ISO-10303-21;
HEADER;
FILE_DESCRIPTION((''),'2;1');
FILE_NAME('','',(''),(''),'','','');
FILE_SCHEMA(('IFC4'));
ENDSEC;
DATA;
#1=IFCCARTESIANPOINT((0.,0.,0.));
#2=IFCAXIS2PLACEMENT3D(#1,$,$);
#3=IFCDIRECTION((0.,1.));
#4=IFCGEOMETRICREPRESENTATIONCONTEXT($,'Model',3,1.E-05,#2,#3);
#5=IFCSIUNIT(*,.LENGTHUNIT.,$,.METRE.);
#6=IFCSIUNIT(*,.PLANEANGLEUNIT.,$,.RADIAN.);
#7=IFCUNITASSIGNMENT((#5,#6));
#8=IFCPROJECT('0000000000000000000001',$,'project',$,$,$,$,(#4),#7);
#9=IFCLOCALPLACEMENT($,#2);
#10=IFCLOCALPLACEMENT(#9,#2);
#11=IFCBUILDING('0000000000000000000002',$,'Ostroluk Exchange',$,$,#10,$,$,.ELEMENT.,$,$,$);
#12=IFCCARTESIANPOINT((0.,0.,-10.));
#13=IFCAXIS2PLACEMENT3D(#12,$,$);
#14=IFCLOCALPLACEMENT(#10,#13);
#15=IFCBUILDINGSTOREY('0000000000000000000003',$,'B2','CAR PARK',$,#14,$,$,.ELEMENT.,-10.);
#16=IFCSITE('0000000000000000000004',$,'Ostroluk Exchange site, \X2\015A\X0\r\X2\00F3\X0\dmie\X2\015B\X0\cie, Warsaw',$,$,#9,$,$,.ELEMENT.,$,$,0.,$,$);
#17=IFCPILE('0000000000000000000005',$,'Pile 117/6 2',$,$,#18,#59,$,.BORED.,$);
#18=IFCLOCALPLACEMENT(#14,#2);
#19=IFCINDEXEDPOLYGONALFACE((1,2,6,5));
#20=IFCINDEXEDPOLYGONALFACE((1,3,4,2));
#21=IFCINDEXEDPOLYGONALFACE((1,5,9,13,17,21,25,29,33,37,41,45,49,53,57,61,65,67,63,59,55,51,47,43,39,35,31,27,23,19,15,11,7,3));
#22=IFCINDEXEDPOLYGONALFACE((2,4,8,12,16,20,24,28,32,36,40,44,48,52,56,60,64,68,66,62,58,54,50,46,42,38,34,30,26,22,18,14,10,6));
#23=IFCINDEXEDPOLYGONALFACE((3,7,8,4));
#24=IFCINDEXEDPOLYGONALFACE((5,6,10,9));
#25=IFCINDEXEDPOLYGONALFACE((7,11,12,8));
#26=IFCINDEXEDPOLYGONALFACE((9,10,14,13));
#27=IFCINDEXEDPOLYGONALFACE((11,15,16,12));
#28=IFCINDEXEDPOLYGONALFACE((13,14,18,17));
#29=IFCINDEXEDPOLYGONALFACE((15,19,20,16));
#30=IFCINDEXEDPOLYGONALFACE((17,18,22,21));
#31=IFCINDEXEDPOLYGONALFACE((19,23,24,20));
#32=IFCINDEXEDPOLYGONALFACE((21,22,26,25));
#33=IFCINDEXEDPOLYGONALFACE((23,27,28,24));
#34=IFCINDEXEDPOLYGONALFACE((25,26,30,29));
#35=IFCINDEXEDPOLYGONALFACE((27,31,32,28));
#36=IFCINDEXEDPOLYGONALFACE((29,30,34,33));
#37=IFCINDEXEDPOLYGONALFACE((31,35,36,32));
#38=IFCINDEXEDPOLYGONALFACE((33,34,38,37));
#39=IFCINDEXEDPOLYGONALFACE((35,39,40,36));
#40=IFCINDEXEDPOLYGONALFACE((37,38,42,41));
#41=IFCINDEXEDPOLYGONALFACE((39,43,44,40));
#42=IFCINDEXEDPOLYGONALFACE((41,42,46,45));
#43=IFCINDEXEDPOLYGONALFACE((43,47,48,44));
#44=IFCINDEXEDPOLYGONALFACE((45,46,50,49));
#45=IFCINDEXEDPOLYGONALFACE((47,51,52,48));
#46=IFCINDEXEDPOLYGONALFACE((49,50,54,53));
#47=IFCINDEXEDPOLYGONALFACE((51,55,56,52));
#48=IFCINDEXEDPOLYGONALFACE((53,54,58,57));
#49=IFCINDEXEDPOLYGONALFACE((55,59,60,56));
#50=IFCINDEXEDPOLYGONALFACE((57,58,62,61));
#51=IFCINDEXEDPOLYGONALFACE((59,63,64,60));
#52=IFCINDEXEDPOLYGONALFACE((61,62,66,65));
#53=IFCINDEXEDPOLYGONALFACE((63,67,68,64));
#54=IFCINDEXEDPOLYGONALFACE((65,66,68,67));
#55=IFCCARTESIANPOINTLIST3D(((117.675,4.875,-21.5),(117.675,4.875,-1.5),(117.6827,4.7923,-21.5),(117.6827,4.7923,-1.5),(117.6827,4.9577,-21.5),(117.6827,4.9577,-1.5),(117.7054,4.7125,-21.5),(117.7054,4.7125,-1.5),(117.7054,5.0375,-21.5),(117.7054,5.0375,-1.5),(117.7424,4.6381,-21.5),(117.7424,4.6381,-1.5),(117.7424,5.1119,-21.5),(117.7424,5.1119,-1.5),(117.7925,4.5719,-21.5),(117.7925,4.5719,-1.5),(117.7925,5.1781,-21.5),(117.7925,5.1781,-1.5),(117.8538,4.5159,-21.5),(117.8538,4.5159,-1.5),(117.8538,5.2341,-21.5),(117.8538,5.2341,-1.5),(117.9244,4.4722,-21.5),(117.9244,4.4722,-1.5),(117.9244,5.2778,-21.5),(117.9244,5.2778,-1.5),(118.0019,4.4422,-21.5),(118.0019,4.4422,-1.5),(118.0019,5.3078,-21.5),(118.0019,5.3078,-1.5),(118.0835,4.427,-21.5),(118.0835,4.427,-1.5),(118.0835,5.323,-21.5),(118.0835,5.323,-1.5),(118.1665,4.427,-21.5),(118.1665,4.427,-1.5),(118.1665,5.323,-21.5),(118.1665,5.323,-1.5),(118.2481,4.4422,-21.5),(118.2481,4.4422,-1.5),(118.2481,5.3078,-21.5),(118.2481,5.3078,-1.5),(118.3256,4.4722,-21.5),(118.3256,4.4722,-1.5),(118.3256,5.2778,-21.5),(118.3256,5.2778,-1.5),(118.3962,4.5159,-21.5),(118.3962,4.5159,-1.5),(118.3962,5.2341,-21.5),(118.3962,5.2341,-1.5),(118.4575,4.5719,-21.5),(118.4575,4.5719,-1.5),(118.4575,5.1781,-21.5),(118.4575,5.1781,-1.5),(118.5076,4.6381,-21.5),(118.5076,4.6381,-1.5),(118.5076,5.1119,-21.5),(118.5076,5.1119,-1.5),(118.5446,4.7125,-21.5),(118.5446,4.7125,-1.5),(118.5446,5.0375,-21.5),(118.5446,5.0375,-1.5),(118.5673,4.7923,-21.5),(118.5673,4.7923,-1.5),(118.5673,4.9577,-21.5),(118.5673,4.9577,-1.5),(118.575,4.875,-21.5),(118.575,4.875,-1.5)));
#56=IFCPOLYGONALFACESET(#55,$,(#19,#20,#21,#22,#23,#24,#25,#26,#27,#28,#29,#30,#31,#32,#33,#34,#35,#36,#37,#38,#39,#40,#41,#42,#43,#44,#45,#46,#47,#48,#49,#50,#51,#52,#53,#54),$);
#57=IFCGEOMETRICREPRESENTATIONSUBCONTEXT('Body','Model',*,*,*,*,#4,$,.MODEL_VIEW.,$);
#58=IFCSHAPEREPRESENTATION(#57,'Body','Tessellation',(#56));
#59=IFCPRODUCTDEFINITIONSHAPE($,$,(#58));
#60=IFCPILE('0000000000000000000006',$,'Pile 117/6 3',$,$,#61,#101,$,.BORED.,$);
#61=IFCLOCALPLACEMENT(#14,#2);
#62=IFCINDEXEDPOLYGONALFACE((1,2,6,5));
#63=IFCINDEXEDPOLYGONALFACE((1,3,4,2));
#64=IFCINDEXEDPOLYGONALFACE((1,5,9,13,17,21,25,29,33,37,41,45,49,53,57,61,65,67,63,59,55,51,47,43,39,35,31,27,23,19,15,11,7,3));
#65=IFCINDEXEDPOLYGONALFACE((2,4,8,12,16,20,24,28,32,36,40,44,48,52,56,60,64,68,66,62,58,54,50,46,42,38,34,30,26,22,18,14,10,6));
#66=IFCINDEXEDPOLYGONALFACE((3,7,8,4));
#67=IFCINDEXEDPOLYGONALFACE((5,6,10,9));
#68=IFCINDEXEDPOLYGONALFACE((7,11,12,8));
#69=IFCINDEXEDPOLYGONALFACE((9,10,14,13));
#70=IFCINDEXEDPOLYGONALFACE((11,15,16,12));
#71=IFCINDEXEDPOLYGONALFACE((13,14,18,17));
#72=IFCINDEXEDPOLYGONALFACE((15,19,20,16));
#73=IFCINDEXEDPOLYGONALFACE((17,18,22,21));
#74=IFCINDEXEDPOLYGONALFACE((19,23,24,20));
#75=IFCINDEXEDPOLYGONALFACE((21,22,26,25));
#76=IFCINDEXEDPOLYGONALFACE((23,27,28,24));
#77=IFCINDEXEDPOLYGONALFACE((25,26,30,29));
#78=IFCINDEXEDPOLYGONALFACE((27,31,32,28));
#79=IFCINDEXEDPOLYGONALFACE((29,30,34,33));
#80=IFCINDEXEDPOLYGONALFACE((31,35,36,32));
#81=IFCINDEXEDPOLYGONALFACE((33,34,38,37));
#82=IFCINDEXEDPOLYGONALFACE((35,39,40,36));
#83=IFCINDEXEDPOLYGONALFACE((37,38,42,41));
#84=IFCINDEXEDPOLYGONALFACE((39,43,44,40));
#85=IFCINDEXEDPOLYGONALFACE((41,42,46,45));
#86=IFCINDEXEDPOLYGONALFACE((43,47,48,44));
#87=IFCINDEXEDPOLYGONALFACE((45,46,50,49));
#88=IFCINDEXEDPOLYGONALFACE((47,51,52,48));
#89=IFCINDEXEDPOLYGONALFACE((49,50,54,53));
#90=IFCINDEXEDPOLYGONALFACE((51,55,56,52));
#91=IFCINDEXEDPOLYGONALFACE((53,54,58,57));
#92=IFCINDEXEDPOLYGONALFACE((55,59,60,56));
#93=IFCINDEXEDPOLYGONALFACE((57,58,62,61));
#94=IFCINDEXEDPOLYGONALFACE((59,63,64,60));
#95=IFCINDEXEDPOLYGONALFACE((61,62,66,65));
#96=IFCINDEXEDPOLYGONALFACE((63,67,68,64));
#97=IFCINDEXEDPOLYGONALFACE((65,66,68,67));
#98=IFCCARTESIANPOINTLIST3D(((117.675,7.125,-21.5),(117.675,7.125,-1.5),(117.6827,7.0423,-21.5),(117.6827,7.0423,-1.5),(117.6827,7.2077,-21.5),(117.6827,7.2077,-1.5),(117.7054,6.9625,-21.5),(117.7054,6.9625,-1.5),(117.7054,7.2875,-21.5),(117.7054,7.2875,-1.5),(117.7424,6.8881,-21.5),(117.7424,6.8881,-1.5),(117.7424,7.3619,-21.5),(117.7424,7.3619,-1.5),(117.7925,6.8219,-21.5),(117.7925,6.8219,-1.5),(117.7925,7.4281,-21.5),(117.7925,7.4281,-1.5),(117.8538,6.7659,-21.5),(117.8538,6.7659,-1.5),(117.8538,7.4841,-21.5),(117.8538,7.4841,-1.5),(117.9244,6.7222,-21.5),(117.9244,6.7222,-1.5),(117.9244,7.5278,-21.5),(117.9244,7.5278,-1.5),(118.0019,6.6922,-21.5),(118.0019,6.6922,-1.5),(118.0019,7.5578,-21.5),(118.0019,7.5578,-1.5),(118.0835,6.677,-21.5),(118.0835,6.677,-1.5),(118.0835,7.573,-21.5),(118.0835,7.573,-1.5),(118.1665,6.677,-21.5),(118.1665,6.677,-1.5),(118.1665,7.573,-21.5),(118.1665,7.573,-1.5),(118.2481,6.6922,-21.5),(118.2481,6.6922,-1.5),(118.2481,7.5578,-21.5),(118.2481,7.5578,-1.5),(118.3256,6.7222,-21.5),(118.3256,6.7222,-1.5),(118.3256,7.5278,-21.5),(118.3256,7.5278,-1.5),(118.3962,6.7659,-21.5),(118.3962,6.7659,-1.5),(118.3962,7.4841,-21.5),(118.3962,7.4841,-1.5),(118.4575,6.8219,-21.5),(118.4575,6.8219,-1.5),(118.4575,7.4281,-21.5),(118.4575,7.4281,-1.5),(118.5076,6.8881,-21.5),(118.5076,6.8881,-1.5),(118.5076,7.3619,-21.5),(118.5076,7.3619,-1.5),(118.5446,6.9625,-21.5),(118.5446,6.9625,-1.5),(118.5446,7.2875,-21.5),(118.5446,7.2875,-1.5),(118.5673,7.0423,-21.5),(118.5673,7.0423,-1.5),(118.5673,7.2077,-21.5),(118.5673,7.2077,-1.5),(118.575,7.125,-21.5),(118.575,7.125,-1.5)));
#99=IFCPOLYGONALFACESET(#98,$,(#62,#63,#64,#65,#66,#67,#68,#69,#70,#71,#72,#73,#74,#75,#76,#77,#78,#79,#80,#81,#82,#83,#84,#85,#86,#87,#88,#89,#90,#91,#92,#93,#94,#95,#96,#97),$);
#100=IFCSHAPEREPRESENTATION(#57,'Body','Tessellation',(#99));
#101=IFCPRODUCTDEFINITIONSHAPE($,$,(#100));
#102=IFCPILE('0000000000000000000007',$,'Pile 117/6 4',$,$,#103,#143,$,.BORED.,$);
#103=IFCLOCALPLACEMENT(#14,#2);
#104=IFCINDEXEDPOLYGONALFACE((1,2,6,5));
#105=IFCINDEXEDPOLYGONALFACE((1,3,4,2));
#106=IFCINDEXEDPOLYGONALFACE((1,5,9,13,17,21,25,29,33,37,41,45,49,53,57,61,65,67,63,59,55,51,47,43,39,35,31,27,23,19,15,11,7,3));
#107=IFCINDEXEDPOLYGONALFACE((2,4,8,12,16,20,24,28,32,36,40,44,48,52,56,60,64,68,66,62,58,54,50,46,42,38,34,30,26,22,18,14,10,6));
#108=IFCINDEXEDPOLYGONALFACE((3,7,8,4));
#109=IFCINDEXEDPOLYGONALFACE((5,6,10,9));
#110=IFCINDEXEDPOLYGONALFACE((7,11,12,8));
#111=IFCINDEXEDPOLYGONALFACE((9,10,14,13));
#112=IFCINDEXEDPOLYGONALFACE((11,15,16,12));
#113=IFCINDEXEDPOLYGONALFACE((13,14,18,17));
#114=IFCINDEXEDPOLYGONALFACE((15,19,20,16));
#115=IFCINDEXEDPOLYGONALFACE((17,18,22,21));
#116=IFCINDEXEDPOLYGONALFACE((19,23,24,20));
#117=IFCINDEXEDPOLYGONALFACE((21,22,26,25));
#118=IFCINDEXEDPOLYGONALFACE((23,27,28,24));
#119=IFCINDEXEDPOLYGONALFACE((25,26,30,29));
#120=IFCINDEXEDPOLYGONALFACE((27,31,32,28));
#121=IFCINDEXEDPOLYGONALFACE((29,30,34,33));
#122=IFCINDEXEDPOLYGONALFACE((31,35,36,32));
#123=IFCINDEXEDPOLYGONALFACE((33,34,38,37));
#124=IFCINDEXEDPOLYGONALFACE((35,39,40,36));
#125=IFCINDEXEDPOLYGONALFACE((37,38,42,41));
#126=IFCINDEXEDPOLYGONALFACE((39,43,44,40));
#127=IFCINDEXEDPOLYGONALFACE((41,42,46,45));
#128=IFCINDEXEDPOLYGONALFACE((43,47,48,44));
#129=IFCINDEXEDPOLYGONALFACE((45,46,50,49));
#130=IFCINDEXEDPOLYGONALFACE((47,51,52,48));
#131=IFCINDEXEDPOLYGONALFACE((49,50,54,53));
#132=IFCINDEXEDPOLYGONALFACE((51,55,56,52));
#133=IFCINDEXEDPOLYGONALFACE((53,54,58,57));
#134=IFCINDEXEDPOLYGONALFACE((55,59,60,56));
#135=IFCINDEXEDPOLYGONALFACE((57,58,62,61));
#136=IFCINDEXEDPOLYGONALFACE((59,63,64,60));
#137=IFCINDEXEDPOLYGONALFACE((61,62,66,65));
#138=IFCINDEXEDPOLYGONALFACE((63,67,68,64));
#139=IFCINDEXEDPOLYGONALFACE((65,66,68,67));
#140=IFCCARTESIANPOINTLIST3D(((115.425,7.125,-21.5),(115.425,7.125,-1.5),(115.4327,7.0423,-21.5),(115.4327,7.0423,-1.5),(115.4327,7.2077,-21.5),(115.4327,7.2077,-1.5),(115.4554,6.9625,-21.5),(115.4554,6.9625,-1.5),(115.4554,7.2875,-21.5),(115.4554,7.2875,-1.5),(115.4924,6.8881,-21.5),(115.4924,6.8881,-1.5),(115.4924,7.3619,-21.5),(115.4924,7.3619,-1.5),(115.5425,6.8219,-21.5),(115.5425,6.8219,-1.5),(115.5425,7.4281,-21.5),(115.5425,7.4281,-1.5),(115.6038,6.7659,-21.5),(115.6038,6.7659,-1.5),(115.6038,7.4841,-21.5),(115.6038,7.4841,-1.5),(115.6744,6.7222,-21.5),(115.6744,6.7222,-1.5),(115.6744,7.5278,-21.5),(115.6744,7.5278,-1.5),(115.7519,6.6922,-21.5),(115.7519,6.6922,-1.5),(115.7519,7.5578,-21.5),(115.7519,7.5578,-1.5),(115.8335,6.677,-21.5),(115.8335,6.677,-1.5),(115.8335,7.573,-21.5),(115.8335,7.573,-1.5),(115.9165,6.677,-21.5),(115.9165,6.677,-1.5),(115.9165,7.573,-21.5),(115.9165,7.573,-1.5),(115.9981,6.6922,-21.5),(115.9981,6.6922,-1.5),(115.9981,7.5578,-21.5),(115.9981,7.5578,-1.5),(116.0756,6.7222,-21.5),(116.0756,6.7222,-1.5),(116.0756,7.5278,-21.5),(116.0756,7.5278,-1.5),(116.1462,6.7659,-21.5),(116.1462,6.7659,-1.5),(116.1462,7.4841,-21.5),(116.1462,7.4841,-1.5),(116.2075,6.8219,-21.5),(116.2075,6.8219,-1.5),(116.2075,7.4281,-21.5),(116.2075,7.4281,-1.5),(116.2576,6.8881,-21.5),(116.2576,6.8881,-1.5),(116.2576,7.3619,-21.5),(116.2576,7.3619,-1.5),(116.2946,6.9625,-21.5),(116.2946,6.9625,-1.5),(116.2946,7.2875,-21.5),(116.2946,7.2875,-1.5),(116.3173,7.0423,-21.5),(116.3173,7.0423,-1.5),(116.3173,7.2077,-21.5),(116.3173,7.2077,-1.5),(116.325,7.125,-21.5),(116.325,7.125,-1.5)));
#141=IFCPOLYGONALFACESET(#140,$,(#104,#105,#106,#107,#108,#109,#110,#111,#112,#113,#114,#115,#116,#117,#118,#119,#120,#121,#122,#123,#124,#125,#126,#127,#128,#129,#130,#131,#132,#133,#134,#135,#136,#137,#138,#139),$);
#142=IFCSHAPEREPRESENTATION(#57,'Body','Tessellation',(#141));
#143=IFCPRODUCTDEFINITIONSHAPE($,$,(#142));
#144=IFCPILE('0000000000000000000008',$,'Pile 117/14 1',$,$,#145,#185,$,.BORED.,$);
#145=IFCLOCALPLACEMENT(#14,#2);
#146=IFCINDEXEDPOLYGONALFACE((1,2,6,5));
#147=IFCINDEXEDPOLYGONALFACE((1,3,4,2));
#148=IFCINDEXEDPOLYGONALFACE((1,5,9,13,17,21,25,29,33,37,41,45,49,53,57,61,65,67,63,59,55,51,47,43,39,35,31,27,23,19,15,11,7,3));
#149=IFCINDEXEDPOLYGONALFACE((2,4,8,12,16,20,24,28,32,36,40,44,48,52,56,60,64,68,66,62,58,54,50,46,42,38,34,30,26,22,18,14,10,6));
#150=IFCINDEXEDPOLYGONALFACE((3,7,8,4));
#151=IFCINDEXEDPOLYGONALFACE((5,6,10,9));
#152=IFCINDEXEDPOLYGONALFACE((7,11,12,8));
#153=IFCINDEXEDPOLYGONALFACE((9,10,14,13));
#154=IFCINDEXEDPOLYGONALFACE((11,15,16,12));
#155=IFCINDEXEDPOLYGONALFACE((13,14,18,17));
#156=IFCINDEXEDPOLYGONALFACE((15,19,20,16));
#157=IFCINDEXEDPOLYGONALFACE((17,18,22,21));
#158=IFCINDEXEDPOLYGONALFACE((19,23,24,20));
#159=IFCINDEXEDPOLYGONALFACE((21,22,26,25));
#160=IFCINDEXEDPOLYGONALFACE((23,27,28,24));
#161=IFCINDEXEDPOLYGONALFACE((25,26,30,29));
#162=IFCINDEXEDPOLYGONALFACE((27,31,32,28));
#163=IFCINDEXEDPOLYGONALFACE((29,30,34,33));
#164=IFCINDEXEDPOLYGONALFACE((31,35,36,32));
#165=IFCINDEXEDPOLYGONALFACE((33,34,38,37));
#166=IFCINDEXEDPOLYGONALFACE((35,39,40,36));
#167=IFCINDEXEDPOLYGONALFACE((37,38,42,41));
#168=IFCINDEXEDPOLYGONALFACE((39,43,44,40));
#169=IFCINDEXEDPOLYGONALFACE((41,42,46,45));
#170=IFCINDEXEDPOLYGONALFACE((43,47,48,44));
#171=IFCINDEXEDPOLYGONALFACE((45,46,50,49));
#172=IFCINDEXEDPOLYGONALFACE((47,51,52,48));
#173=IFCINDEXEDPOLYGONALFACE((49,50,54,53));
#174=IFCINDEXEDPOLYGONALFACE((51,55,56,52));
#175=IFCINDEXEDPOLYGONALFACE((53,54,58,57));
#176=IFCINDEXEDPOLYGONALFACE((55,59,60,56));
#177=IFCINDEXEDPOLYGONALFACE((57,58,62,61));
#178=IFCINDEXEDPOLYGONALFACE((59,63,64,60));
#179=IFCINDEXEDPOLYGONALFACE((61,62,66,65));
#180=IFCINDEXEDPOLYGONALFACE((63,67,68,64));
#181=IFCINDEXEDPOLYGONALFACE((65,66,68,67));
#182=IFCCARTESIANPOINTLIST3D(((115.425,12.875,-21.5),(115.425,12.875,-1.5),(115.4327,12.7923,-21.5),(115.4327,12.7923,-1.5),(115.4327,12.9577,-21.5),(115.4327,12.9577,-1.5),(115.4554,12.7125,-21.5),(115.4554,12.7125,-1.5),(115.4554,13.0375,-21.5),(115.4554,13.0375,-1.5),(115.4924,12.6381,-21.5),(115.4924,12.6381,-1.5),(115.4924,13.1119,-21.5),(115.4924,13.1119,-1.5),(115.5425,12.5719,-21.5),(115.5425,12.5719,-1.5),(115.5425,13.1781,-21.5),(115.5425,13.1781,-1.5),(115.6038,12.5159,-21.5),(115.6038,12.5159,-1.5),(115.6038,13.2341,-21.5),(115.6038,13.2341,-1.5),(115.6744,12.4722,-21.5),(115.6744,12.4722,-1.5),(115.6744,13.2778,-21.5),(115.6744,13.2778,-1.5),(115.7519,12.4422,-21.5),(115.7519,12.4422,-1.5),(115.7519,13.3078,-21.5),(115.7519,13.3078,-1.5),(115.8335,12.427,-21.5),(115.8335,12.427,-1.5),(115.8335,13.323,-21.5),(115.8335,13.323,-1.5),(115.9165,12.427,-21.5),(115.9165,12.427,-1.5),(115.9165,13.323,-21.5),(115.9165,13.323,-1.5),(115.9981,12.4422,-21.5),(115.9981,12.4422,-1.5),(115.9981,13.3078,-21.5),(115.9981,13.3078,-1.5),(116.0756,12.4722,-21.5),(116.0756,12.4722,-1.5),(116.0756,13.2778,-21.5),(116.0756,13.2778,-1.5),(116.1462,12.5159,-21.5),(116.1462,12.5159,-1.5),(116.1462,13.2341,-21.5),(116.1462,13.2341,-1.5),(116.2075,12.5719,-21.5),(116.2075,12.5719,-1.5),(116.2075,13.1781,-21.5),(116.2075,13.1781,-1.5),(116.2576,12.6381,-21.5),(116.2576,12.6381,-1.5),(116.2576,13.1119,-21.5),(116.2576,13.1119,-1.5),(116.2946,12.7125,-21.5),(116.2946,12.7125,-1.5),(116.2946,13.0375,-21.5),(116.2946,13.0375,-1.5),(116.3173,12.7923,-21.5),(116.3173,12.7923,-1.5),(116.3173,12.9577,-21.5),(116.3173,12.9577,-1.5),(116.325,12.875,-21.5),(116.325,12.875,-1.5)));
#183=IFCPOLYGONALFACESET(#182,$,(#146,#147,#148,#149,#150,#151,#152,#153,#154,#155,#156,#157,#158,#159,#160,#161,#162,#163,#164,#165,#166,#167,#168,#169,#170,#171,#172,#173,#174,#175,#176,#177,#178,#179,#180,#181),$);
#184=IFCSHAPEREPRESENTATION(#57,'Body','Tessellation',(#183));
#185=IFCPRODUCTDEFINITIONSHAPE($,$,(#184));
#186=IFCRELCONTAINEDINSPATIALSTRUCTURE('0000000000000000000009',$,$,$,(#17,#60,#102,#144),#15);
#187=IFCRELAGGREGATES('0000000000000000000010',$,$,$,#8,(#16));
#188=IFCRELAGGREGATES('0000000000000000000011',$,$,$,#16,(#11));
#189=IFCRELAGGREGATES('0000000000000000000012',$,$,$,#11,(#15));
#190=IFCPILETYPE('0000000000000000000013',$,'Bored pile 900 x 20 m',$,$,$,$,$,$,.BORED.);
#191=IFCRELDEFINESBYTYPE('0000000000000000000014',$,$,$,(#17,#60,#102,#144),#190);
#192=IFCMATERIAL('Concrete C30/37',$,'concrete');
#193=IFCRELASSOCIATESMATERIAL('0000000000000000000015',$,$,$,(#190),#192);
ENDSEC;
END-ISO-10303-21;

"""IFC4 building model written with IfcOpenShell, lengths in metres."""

from ifc_helpers import new_model, si_unit, direction, frame, origin, origin_2d, place, context, subcontext, project, spatial, circle, extrude, material, type_object, element, save


model = new_model("IFC4")

# Units and contexts
model_context = context("Model", 3, precision=1e-05, world=origin(), true_north=direction((0.0, 1.0)))
body_context = subcontext(model_context, "Body", "Model", "MODEL_VIEW")
ifc_project = project(units=[si_unit("LENGTHUNIT", "METRE"), si_unit("PLANEANGLEUNIT", "RADIAN")], contexts=[model_context])

# Site, building, storey
site_placement = place(None, origin())
site = spatial("IfcSite", under=ifc_project, at=site_placement, Name="Ostroluk Exchange site, Śródmieście, Warsaw", CompositionType="ELEMENT", RefElevation=0.0)
building_placement = place(site_placement, origin())
building = spatial("IfcBuilding", under=site, at=building_placement, Name="Ostroluk Exchange", CompositionType="ELEMENT")
storey_placement = place(building_placement, frame((0.0, 0.0, -10.0)))
storey = spatial("IfcBuildingStorey", under=building, at=storey_placement, Name="B2", Description="CAR PARK", CompositionType="ELEMENT", Elevation=-10.0)

# Piles
ifc_material_1 = material(Name="Concrete C30/37", Category="concrete")
pile_type = type_object("IfcPileType", Name="Bored pile 900 x 20 m", PredefinedType="BORED", material=ifc_material_1)
for number, where, z_axis, x_axis, name in (
    (1, (118.125, 4.875, -1.5), (0.0, 0.0, -1.0), (1.0, 0.0, 0.0), "Pile 117/6 2"),
    (2, (118.125, 7.125, -1.5), (0.0, 0.0, -1.0), (1.0, 0.0, 0.0), "Pile 117/6 3"),
    (3, (115.875, 7.125, -1.5), (0.0, 0.0, -1.0), (1.0, 0.0, 0.0), "Pile 117/6 4"),
    (4, (115.875, 12.875, -1.5), (0.0, 0.0, -1.0), (1.0, 0.0, 0.0), "Pile 117/14 1"),
):
    element("IfcPile", number, at=place(storey_placement, frame(where, z_axis=z_axis, x_axis=x_axis)), inside=storey, type_object=pile_type, Name=name, PredefinedType="BORED", context=body_context, shape_type="SweptSolid", body=[
        extrude(circle(Radius=0.45, at=origin_2d()), origin(), (0.0, 0.0, 1.0), 20.0),
    ])

save(model, "model.ifc")
